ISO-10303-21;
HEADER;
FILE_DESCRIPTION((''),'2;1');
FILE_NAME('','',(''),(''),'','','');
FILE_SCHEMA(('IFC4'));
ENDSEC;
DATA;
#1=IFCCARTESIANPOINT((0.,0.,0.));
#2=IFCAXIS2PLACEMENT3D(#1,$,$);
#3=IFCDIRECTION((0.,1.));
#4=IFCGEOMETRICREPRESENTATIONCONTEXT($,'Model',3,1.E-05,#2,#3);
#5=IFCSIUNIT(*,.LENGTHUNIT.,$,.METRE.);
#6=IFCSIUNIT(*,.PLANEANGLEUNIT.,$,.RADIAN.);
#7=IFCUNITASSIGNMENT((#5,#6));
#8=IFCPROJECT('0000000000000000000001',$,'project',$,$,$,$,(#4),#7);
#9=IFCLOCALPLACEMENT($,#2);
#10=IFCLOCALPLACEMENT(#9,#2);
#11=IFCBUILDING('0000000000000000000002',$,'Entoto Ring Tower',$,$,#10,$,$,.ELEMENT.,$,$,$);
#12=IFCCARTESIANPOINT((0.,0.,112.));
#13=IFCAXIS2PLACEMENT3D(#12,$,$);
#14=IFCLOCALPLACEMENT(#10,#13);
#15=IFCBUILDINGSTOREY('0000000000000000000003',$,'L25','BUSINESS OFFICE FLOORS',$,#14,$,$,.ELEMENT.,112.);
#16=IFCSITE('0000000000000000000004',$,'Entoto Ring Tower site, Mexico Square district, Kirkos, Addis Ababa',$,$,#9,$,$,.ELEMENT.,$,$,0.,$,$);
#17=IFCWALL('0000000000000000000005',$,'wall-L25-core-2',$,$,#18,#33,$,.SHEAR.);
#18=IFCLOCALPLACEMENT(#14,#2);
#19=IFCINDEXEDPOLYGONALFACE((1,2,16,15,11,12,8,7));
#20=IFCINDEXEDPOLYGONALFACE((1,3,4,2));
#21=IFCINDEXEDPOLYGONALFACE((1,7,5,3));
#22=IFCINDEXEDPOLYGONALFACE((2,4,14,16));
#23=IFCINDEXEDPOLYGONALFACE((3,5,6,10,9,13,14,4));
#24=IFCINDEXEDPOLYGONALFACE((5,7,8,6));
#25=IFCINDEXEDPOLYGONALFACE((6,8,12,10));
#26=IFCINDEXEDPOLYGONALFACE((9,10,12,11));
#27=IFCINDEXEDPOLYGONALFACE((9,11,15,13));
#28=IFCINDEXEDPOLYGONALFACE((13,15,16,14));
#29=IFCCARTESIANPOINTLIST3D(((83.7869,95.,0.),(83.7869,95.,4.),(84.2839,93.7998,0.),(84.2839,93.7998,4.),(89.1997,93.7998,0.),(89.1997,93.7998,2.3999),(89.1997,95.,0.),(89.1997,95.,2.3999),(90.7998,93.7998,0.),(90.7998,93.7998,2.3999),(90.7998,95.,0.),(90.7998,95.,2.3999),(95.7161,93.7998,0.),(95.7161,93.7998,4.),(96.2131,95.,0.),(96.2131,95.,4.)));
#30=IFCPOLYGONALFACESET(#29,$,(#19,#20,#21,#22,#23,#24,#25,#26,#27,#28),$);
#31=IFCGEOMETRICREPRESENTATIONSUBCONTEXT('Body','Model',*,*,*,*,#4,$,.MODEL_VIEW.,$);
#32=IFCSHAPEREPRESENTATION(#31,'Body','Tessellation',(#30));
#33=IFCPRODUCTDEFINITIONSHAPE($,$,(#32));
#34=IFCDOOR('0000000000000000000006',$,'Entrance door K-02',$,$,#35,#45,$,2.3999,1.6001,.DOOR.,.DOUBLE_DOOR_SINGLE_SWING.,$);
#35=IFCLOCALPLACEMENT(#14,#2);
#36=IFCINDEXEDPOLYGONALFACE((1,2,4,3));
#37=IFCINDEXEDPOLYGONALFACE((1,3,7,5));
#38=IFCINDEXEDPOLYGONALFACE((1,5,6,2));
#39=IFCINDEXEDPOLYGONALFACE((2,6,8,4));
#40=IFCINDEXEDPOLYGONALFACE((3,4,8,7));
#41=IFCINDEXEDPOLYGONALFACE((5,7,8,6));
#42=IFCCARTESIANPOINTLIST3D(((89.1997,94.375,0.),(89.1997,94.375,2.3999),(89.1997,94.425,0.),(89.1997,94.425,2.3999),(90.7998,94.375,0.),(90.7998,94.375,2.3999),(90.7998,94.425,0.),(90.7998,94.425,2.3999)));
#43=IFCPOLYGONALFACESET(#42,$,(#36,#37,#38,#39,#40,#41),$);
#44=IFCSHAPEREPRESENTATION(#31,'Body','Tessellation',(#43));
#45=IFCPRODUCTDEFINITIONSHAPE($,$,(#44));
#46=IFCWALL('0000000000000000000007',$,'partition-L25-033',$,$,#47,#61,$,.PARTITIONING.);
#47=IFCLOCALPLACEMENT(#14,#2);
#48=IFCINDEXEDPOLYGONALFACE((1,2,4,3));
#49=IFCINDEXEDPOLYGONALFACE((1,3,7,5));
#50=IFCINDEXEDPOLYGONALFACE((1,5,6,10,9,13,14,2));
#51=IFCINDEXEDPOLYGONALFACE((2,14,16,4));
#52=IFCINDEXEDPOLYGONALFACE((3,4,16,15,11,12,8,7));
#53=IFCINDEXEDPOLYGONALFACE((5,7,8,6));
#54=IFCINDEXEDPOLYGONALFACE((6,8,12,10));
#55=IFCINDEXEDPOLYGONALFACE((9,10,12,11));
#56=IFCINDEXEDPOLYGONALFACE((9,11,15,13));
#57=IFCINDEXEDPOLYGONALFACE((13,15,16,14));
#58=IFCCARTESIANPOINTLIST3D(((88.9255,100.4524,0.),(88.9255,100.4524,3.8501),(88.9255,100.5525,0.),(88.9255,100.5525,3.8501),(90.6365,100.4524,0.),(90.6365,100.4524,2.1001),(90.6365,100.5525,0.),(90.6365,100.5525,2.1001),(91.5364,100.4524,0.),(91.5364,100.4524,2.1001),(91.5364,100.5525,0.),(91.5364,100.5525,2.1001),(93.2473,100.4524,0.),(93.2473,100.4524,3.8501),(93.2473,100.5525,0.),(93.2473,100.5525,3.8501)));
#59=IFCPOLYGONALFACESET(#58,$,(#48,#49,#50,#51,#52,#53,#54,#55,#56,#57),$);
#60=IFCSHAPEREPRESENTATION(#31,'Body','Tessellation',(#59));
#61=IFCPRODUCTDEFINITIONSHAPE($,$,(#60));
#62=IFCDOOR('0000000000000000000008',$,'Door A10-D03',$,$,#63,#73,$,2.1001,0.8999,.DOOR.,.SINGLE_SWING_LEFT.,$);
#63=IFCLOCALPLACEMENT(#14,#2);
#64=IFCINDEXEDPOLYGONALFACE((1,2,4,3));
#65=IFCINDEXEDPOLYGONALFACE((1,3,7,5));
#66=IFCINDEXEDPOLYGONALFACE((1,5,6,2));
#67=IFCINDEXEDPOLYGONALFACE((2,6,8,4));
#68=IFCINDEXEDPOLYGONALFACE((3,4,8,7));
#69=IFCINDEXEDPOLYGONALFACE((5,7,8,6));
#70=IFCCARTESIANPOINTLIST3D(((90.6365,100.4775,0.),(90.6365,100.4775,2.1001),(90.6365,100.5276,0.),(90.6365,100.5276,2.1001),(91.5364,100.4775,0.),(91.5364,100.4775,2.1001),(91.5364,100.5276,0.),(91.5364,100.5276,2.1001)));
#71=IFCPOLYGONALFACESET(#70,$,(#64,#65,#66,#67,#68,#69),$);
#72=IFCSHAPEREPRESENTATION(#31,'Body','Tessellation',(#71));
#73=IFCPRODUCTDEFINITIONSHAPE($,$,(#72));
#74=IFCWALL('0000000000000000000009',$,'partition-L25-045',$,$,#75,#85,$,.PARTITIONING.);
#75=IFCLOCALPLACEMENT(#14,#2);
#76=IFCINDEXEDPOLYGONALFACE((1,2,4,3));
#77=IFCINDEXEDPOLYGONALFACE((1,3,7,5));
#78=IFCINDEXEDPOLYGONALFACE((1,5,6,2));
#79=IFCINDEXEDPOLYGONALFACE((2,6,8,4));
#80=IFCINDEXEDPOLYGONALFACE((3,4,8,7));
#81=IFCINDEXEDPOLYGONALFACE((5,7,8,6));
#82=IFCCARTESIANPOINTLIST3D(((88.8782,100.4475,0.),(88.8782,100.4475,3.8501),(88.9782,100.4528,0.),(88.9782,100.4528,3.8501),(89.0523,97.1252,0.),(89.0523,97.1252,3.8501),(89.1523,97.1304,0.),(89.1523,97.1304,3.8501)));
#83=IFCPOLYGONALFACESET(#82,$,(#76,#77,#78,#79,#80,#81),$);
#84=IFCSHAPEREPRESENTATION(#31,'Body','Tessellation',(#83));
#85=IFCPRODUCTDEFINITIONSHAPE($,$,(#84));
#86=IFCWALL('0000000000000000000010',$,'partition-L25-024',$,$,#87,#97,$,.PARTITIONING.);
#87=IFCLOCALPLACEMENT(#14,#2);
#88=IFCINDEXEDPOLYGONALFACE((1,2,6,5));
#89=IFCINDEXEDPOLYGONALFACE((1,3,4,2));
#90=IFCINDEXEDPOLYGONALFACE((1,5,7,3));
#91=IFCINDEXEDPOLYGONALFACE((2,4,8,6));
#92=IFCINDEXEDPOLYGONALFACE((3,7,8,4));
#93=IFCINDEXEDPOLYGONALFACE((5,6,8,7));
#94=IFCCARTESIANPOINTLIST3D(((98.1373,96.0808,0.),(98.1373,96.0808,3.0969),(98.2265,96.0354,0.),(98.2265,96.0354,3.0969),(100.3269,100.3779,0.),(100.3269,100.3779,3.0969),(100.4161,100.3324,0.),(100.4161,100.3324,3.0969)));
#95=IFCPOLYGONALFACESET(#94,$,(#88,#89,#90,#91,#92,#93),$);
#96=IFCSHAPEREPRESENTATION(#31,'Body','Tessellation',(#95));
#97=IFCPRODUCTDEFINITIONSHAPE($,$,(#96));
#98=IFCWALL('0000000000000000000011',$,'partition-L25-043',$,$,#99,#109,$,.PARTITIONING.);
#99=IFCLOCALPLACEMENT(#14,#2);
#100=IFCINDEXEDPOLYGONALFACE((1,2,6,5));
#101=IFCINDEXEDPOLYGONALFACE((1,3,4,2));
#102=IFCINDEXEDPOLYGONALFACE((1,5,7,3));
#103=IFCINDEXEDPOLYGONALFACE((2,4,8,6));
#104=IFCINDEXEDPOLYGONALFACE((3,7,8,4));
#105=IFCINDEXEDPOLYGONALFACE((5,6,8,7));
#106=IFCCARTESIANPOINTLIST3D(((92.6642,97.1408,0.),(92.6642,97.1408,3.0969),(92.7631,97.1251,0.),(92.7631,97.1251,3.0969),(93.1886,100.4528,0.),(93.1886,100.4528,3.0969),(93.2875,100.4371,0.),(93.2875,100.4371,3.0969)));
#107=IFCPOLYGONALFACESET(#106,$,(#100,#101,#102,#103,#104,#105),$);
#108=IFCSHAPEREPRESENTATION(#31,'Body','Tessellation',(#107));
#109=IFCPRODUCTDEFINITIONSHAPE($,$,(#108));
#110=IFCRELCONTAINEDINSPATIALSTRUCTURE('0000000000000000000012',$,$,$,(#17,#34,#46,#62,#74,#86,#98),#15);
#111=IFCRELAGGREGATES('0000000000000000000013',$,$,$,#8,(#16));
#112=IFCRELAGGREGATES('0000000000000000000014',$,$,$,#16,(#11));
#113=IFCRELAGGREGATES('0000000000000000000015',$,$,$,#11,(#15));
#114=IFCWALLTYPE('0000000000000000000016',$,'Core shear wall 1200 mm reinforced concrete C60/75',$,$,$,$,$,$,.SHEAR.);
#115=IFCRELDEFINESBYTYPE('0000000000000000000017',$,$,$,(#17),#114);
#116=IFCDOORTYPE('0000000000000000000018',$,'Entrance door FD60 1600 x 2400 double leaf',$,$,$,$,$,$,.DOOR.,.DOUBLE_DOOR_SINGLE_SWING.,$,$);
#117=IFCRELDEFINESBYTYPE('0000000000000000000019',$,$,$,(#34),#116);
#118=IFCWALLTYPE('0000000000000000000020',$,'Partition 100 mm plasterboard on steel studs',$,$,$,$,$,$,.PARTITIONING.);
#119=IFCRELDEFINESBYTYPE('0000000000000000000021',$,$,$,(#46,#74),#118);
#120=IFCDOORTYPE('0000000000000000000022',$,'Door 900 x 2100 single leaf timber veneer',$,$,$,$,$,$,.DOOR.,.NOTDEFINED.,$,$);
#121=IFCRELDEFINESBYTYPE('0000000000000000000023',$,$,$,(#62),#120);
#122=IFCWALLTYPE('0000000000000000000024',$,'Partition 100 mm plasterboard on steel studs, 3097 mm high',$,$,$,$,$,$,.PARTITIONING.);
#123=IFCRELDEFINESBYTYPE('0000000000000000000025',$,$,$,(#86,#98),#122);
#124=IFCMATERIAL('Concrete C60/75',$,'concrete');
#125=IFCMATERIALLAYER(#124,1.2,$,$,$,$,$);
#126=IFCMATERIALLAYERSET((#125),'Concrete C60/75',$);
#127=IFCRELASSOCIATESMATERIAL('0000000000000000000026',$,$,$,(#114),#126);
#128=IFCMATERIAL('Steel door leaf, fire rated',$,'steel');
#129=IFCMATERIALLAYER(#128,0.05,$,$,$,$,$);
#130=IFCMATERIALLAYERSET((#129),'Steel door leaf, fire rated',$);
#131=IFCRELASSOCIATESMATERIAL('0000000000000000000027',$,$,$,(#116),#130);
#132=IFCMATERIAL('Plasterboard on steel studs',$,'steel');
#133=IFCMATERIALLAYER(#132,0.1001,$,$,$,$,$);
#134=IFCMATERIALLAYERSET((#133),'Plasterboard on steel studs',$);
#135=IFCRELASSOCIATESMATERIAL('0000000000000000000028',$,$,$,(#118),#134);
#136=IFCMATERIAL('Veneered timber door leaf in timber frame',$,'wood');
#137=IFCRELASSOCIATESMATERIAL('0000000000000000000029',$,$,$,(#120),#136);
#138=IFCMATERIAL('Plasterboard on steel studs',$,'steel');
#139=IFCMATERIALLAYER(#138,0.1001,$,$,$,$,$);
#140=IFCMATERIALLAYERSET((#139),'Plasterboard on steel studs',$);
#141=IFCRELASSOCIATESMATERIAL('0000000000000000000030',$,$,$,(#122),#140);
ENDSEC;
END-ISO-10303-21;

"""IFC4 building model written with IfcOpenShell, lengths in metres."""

from ifc_helpers import new_model, si_unit, direction, frame, frame_2d, origin, place, context, subcontext, project, spatial, polyline, rectangle, outline, extrude, material, layer, layer_set, type_object, element, fill, save


model = new_model("IFC4")

# Units and contexts
model_context = context("Model", 3, precision=1e-05, world=origin(), true_north=direction((0.0, 1.0)))
body_context = subcontext(model_context, "Body", "Model", "MODEL_VIEW")
ifc_project = project(units=[si_unit("LENGTHUNIT", "METRE"), si_unit("PLANEANGLEUNIT", "RADIAN")], contexts=[model_context])

# Site, building, storey
site_placement = place(None, origin())
site = spatial("IfcSite", under=ifc_project, at=site_placement, Name="Entoto Ring Tower site, Mexico Square district, Kirkos, Addis Ababa", CompositionType="ELEMENT", RefElevation=0.0)
building_placement = place(site_placement, origin())
building = spatial("IfcBuilding", under=site, at=building_placement, Name="Entoto Ring Tower", CompositionType="ELEMENT")
storey_placement = place(building_placement, frame((0.0, 0.0, 112.0)))
storey = spatial("IfcBuildingStorey", under=building, at=storey_placement, Name="L25", Description="BUSINESS OFFICE FLOORS", CompositionType="ELEMENT", Elevation=112.0)

# Walls, openings, doors
ifc_material_1 = material(Name="Concrete C60/75", Category="concrete")
ifc_layer_1 = layer(ifc_material_1, 1.2)
ifc_layer_set_1 = layer_set([ifc_layer_1], Name="Concrete C60/75")
wall_type_1 = type_object("IfcWallType", Name="Core shear wall 1200 mm reinforced concrete C60/75", PredefinedType="SHEAR", material=ifc_layer_set_1)
wall_1_placement = place(storey_placement, frame((95.9646, 94.3999, 0.0), z_axis=(0.0, 0.0, 1.0), x_axis=(-1.0, 0.0, 0.0)))
wall_1 = element("IfcWall", 1, at=wall_1_placement, inside=storey, type_object=wall_type_1, Name="wall-L25-core-2", PredefinedType="SHEAR", context=body_context, shape_type="SweptSolid", body=[
    extrude(outline(polyline([(-0.2485, -0.6001), (12.1777, -0.6001), (11.6807, 0.6001), (0.2485, 0.6001), (-0.2485, -0.6001)])), origin(), (0.0, 0.0, 1.0), 4.0),
])
opening_1_placement = place(wall_1_placement, frame((5.1648, 0.0, 0.0)))
opening_1 = element("IfcOpeningElement", 2, at=opening_1_placement, cuts=wall_1, PredefinedType="OPENING", context=body_context, shape_type="SweptSolid", body=[
    extrude(rectangle(XDim=1.6001, YDim=2.3999, at=frame_2d((0.8, 1.2))), frame((0.0, 0.6099, 0.0), z_axis=(0.0, -1.0, 0.0), x_axis=(1.0, 0.0, 0.0)), (0.0, 0.0, 1.0), 1.22),
])
ifc_material_2 = material(Name="Steel door leaf, fire rated", Category="steel")
ifc_layer_2 = layer(ifc_material_2, 0.05)
ifc_layer_set_2 = layer_set([ifc_layer_2], Name="Steel door leaf, fire rated")
door_type_1 = type_object("IfcDoorType", Name="Entrance door FD60 1600 x 2400 double leaf", OperationType="DOUBLE_DOOR_SINGLE_SWING", PredefinedType="DOOR", material=ifc_layer_set_2)
door_1_placement = place(opening_1_placement, origin())
door_1 = element("IfcDoor", 3, at=door_1_placement, inside=storey, type_object=door_type_1, Name="Entrance door K-02", OperationType="DOUBLE_DOOR_SINGLE_SWING", OverallHeight=2.3999, OverallWidth=1.6001, PredefinedType="DOOR", context=body_context, shape_type="SweptSolid", body=[
    extrude(rectangle(XDim=1.6001, YDim=2.3999, at=frame_2d((0.8, 1.2))), frame((0.0, 0.0249, 0.0), z_axis=(0.0, -1.0, 0.0), x_axis=(1.0, 0.0, 0.0)), (0.0, 0.0, 1.0), 0.05),
])
fill(opening_1, door_1)
ifc_material_3 = material(Name="Plasterboard on steel studs", Category="steel")
ifc_layer_3 = layer(ifc_material_3, 0.1001)
ifc_layer_set_3 = layer_set([ifc_layer_3], Name="Plasterboard on steel studs")
wall_type_2 = type_object("IfcWallType", Name="Partition 100 mm plasterboard on steel studs", PredefinedType="PARTITIONING", material=ifc_layer_set_3)
wall_2_placement = place(storey_placement, frame((88.9255, 100.5024, 0.0), z_axis=(0.0, 0.0, 1.0), x_axis=(1.0, 0.0, 0.0)))
wall_2 = element("IfcWall", 4, at=wall_2_placement, inside=storey, type_object=wall_type_2, Name="partition-L25-033", PredefinedType="PARTITIONING", context=body_context, shape_type="SweptSolid", body=[
    extrude(rectangle(XDim=4.3218, YDim=0.1001, at=frame_2d((2.1609, 0.0))), origin(), (0.0, 0.0, 1.0), 3.8501),
])
opening_2_placement = place(wall_2_placement, frame((1.7109, 0.0, 0.0)))
opening_2 = element("IfcOpeningElement", 5, at=opening_2_placement, cuts=wall_2, PredefinedType="OPENING", context=body_context, shape_type="SweptSolid", body=[
    extrude(rectangle(XDim=0.8999, YDim=2.1001, at=frame_2d((0.45, 1.05))), frame((0.0, 0.0601, 0.0), z_axis=(0.0, -1.0, 0.0), x_axis=(1.0, 0.0, 0.0)), (0.0, 0.0, 1.0), 0.1201),
])
ifc_material_4 = material(Name="Veneered timber door leaf in timber frame", Category="wood")
door_type_2 = type_object("IfcDoorType", Name="Door 900 x 2100 single leaf timber veneer", OperationType="NOTDEFINED", PredefinedType="DOOR", material=ifc_material_4)
door_2_placement = place(opening_2_placement, frame((0.8999, 0.0, 0.0), z_axis=(0.0, 0.0, 1.0), x_axis=(-1.0, 0.0, 0.0)))
door_2 = element("IfcDoor", 6, at=door_2_placement, inside=storey, type_object=door_type_2, Name="Door A10-D03", OperationType="SINGLE_SWING_LEFT", OverallHeight=2.1001, OverallWidth=0.8999, PredefinedType="DOOR", context=body_context, shape_type="SweptSolid", body=[
    extrude(rectangle(XDim=0.8999, YDim=2.1001, at=frame_2d((0.45, 1.05))), frame((0.0, 0.0249, 0.0), z_axis=(0.0, -1.0, 0.0), x_axis=(1.0, 0.0, 0.0)), (0.0, 0.0, 1.0), 0.05),
])
fill(opening_2, door_2)

# Walls
wall_3_placement = place(storey_placement, frame((89.1023, 97.1277, 0.0), z_axis=(0.0, 0.0, 1.0), x_axis=(-0.052324, 0.99863, 0.0)))
element("IfcWall", 7, at=wall_3_placement, inside=storey, type_object=wall_type_2, Name="partition-L25-045", PredefinedType="PARTITIONING", context=body_context, shape_type="SweptSolid", body=[
    extrude(rectangle(XDim=3.3269, YDim=0.1001, at=frame_2d((1.6636, 0.0))), origin(), (0.0, 0.0, 1.0), 3.8501),
])
ifc_material_5 = material(Name="Plasterboard on steel studs", Category="steel")
ifc_layer_4 = layer(ifc_material_5, 0.1001)
ifc_layer_set_4 = layer_set([ifc_layer_4], Name="Plasterboard on steel studs")
wall_type_3 = type_object("IfcWallType", Name="Partition 100 mm plasterboard on steel studs, 3097 mm high", PredefinedType="PARTITIONING", material=ifc_layer_set_4)
wall_4_placement = place(storey_placement, frame((98.1819, 96.0581, 0.0), z_axis=(0.0, 0.0, 1.0), x_axis=(0.454024, 0.890989, 0.0)))
element("IfcWall", 8, at=wall_4_placement, inside=storey, type_object=wall_type_3, Name="partition-L25-024", PredefinedType="PARTITIONING", context=body_context, shape_type="SweptSolid", body=[
    extrude(rectangle(XDim=4.8228, YDim=0.1001, at=frame_2d((2.4114, 0.0))), origin(), (0.0, 0.0, 1.0), 3.0969),
])
wall_5_placement = place(storey_placement, frame((92.7136, 97.1328, 0.0), z_axis=(0.0, 0.0, 1.0), x_axis=(0.156389, 0.987696, 0.0)))
element("IfcWall", 9, at=wall_5_placement, inside=storey, type_object=wall_type_3, Name="partition-L25-043", PredefinedType="PARTITIONING", context=body_context, shape_type="SweptSolid", body=[
    extrude(rectangle(XDim=3.3533, YDim=0.1001, at=frame_2d((1.6768, 0.0))), origin(), (0.0, 0.0, 1.0), 3.0969),
])

save(model, "model.ifc")
